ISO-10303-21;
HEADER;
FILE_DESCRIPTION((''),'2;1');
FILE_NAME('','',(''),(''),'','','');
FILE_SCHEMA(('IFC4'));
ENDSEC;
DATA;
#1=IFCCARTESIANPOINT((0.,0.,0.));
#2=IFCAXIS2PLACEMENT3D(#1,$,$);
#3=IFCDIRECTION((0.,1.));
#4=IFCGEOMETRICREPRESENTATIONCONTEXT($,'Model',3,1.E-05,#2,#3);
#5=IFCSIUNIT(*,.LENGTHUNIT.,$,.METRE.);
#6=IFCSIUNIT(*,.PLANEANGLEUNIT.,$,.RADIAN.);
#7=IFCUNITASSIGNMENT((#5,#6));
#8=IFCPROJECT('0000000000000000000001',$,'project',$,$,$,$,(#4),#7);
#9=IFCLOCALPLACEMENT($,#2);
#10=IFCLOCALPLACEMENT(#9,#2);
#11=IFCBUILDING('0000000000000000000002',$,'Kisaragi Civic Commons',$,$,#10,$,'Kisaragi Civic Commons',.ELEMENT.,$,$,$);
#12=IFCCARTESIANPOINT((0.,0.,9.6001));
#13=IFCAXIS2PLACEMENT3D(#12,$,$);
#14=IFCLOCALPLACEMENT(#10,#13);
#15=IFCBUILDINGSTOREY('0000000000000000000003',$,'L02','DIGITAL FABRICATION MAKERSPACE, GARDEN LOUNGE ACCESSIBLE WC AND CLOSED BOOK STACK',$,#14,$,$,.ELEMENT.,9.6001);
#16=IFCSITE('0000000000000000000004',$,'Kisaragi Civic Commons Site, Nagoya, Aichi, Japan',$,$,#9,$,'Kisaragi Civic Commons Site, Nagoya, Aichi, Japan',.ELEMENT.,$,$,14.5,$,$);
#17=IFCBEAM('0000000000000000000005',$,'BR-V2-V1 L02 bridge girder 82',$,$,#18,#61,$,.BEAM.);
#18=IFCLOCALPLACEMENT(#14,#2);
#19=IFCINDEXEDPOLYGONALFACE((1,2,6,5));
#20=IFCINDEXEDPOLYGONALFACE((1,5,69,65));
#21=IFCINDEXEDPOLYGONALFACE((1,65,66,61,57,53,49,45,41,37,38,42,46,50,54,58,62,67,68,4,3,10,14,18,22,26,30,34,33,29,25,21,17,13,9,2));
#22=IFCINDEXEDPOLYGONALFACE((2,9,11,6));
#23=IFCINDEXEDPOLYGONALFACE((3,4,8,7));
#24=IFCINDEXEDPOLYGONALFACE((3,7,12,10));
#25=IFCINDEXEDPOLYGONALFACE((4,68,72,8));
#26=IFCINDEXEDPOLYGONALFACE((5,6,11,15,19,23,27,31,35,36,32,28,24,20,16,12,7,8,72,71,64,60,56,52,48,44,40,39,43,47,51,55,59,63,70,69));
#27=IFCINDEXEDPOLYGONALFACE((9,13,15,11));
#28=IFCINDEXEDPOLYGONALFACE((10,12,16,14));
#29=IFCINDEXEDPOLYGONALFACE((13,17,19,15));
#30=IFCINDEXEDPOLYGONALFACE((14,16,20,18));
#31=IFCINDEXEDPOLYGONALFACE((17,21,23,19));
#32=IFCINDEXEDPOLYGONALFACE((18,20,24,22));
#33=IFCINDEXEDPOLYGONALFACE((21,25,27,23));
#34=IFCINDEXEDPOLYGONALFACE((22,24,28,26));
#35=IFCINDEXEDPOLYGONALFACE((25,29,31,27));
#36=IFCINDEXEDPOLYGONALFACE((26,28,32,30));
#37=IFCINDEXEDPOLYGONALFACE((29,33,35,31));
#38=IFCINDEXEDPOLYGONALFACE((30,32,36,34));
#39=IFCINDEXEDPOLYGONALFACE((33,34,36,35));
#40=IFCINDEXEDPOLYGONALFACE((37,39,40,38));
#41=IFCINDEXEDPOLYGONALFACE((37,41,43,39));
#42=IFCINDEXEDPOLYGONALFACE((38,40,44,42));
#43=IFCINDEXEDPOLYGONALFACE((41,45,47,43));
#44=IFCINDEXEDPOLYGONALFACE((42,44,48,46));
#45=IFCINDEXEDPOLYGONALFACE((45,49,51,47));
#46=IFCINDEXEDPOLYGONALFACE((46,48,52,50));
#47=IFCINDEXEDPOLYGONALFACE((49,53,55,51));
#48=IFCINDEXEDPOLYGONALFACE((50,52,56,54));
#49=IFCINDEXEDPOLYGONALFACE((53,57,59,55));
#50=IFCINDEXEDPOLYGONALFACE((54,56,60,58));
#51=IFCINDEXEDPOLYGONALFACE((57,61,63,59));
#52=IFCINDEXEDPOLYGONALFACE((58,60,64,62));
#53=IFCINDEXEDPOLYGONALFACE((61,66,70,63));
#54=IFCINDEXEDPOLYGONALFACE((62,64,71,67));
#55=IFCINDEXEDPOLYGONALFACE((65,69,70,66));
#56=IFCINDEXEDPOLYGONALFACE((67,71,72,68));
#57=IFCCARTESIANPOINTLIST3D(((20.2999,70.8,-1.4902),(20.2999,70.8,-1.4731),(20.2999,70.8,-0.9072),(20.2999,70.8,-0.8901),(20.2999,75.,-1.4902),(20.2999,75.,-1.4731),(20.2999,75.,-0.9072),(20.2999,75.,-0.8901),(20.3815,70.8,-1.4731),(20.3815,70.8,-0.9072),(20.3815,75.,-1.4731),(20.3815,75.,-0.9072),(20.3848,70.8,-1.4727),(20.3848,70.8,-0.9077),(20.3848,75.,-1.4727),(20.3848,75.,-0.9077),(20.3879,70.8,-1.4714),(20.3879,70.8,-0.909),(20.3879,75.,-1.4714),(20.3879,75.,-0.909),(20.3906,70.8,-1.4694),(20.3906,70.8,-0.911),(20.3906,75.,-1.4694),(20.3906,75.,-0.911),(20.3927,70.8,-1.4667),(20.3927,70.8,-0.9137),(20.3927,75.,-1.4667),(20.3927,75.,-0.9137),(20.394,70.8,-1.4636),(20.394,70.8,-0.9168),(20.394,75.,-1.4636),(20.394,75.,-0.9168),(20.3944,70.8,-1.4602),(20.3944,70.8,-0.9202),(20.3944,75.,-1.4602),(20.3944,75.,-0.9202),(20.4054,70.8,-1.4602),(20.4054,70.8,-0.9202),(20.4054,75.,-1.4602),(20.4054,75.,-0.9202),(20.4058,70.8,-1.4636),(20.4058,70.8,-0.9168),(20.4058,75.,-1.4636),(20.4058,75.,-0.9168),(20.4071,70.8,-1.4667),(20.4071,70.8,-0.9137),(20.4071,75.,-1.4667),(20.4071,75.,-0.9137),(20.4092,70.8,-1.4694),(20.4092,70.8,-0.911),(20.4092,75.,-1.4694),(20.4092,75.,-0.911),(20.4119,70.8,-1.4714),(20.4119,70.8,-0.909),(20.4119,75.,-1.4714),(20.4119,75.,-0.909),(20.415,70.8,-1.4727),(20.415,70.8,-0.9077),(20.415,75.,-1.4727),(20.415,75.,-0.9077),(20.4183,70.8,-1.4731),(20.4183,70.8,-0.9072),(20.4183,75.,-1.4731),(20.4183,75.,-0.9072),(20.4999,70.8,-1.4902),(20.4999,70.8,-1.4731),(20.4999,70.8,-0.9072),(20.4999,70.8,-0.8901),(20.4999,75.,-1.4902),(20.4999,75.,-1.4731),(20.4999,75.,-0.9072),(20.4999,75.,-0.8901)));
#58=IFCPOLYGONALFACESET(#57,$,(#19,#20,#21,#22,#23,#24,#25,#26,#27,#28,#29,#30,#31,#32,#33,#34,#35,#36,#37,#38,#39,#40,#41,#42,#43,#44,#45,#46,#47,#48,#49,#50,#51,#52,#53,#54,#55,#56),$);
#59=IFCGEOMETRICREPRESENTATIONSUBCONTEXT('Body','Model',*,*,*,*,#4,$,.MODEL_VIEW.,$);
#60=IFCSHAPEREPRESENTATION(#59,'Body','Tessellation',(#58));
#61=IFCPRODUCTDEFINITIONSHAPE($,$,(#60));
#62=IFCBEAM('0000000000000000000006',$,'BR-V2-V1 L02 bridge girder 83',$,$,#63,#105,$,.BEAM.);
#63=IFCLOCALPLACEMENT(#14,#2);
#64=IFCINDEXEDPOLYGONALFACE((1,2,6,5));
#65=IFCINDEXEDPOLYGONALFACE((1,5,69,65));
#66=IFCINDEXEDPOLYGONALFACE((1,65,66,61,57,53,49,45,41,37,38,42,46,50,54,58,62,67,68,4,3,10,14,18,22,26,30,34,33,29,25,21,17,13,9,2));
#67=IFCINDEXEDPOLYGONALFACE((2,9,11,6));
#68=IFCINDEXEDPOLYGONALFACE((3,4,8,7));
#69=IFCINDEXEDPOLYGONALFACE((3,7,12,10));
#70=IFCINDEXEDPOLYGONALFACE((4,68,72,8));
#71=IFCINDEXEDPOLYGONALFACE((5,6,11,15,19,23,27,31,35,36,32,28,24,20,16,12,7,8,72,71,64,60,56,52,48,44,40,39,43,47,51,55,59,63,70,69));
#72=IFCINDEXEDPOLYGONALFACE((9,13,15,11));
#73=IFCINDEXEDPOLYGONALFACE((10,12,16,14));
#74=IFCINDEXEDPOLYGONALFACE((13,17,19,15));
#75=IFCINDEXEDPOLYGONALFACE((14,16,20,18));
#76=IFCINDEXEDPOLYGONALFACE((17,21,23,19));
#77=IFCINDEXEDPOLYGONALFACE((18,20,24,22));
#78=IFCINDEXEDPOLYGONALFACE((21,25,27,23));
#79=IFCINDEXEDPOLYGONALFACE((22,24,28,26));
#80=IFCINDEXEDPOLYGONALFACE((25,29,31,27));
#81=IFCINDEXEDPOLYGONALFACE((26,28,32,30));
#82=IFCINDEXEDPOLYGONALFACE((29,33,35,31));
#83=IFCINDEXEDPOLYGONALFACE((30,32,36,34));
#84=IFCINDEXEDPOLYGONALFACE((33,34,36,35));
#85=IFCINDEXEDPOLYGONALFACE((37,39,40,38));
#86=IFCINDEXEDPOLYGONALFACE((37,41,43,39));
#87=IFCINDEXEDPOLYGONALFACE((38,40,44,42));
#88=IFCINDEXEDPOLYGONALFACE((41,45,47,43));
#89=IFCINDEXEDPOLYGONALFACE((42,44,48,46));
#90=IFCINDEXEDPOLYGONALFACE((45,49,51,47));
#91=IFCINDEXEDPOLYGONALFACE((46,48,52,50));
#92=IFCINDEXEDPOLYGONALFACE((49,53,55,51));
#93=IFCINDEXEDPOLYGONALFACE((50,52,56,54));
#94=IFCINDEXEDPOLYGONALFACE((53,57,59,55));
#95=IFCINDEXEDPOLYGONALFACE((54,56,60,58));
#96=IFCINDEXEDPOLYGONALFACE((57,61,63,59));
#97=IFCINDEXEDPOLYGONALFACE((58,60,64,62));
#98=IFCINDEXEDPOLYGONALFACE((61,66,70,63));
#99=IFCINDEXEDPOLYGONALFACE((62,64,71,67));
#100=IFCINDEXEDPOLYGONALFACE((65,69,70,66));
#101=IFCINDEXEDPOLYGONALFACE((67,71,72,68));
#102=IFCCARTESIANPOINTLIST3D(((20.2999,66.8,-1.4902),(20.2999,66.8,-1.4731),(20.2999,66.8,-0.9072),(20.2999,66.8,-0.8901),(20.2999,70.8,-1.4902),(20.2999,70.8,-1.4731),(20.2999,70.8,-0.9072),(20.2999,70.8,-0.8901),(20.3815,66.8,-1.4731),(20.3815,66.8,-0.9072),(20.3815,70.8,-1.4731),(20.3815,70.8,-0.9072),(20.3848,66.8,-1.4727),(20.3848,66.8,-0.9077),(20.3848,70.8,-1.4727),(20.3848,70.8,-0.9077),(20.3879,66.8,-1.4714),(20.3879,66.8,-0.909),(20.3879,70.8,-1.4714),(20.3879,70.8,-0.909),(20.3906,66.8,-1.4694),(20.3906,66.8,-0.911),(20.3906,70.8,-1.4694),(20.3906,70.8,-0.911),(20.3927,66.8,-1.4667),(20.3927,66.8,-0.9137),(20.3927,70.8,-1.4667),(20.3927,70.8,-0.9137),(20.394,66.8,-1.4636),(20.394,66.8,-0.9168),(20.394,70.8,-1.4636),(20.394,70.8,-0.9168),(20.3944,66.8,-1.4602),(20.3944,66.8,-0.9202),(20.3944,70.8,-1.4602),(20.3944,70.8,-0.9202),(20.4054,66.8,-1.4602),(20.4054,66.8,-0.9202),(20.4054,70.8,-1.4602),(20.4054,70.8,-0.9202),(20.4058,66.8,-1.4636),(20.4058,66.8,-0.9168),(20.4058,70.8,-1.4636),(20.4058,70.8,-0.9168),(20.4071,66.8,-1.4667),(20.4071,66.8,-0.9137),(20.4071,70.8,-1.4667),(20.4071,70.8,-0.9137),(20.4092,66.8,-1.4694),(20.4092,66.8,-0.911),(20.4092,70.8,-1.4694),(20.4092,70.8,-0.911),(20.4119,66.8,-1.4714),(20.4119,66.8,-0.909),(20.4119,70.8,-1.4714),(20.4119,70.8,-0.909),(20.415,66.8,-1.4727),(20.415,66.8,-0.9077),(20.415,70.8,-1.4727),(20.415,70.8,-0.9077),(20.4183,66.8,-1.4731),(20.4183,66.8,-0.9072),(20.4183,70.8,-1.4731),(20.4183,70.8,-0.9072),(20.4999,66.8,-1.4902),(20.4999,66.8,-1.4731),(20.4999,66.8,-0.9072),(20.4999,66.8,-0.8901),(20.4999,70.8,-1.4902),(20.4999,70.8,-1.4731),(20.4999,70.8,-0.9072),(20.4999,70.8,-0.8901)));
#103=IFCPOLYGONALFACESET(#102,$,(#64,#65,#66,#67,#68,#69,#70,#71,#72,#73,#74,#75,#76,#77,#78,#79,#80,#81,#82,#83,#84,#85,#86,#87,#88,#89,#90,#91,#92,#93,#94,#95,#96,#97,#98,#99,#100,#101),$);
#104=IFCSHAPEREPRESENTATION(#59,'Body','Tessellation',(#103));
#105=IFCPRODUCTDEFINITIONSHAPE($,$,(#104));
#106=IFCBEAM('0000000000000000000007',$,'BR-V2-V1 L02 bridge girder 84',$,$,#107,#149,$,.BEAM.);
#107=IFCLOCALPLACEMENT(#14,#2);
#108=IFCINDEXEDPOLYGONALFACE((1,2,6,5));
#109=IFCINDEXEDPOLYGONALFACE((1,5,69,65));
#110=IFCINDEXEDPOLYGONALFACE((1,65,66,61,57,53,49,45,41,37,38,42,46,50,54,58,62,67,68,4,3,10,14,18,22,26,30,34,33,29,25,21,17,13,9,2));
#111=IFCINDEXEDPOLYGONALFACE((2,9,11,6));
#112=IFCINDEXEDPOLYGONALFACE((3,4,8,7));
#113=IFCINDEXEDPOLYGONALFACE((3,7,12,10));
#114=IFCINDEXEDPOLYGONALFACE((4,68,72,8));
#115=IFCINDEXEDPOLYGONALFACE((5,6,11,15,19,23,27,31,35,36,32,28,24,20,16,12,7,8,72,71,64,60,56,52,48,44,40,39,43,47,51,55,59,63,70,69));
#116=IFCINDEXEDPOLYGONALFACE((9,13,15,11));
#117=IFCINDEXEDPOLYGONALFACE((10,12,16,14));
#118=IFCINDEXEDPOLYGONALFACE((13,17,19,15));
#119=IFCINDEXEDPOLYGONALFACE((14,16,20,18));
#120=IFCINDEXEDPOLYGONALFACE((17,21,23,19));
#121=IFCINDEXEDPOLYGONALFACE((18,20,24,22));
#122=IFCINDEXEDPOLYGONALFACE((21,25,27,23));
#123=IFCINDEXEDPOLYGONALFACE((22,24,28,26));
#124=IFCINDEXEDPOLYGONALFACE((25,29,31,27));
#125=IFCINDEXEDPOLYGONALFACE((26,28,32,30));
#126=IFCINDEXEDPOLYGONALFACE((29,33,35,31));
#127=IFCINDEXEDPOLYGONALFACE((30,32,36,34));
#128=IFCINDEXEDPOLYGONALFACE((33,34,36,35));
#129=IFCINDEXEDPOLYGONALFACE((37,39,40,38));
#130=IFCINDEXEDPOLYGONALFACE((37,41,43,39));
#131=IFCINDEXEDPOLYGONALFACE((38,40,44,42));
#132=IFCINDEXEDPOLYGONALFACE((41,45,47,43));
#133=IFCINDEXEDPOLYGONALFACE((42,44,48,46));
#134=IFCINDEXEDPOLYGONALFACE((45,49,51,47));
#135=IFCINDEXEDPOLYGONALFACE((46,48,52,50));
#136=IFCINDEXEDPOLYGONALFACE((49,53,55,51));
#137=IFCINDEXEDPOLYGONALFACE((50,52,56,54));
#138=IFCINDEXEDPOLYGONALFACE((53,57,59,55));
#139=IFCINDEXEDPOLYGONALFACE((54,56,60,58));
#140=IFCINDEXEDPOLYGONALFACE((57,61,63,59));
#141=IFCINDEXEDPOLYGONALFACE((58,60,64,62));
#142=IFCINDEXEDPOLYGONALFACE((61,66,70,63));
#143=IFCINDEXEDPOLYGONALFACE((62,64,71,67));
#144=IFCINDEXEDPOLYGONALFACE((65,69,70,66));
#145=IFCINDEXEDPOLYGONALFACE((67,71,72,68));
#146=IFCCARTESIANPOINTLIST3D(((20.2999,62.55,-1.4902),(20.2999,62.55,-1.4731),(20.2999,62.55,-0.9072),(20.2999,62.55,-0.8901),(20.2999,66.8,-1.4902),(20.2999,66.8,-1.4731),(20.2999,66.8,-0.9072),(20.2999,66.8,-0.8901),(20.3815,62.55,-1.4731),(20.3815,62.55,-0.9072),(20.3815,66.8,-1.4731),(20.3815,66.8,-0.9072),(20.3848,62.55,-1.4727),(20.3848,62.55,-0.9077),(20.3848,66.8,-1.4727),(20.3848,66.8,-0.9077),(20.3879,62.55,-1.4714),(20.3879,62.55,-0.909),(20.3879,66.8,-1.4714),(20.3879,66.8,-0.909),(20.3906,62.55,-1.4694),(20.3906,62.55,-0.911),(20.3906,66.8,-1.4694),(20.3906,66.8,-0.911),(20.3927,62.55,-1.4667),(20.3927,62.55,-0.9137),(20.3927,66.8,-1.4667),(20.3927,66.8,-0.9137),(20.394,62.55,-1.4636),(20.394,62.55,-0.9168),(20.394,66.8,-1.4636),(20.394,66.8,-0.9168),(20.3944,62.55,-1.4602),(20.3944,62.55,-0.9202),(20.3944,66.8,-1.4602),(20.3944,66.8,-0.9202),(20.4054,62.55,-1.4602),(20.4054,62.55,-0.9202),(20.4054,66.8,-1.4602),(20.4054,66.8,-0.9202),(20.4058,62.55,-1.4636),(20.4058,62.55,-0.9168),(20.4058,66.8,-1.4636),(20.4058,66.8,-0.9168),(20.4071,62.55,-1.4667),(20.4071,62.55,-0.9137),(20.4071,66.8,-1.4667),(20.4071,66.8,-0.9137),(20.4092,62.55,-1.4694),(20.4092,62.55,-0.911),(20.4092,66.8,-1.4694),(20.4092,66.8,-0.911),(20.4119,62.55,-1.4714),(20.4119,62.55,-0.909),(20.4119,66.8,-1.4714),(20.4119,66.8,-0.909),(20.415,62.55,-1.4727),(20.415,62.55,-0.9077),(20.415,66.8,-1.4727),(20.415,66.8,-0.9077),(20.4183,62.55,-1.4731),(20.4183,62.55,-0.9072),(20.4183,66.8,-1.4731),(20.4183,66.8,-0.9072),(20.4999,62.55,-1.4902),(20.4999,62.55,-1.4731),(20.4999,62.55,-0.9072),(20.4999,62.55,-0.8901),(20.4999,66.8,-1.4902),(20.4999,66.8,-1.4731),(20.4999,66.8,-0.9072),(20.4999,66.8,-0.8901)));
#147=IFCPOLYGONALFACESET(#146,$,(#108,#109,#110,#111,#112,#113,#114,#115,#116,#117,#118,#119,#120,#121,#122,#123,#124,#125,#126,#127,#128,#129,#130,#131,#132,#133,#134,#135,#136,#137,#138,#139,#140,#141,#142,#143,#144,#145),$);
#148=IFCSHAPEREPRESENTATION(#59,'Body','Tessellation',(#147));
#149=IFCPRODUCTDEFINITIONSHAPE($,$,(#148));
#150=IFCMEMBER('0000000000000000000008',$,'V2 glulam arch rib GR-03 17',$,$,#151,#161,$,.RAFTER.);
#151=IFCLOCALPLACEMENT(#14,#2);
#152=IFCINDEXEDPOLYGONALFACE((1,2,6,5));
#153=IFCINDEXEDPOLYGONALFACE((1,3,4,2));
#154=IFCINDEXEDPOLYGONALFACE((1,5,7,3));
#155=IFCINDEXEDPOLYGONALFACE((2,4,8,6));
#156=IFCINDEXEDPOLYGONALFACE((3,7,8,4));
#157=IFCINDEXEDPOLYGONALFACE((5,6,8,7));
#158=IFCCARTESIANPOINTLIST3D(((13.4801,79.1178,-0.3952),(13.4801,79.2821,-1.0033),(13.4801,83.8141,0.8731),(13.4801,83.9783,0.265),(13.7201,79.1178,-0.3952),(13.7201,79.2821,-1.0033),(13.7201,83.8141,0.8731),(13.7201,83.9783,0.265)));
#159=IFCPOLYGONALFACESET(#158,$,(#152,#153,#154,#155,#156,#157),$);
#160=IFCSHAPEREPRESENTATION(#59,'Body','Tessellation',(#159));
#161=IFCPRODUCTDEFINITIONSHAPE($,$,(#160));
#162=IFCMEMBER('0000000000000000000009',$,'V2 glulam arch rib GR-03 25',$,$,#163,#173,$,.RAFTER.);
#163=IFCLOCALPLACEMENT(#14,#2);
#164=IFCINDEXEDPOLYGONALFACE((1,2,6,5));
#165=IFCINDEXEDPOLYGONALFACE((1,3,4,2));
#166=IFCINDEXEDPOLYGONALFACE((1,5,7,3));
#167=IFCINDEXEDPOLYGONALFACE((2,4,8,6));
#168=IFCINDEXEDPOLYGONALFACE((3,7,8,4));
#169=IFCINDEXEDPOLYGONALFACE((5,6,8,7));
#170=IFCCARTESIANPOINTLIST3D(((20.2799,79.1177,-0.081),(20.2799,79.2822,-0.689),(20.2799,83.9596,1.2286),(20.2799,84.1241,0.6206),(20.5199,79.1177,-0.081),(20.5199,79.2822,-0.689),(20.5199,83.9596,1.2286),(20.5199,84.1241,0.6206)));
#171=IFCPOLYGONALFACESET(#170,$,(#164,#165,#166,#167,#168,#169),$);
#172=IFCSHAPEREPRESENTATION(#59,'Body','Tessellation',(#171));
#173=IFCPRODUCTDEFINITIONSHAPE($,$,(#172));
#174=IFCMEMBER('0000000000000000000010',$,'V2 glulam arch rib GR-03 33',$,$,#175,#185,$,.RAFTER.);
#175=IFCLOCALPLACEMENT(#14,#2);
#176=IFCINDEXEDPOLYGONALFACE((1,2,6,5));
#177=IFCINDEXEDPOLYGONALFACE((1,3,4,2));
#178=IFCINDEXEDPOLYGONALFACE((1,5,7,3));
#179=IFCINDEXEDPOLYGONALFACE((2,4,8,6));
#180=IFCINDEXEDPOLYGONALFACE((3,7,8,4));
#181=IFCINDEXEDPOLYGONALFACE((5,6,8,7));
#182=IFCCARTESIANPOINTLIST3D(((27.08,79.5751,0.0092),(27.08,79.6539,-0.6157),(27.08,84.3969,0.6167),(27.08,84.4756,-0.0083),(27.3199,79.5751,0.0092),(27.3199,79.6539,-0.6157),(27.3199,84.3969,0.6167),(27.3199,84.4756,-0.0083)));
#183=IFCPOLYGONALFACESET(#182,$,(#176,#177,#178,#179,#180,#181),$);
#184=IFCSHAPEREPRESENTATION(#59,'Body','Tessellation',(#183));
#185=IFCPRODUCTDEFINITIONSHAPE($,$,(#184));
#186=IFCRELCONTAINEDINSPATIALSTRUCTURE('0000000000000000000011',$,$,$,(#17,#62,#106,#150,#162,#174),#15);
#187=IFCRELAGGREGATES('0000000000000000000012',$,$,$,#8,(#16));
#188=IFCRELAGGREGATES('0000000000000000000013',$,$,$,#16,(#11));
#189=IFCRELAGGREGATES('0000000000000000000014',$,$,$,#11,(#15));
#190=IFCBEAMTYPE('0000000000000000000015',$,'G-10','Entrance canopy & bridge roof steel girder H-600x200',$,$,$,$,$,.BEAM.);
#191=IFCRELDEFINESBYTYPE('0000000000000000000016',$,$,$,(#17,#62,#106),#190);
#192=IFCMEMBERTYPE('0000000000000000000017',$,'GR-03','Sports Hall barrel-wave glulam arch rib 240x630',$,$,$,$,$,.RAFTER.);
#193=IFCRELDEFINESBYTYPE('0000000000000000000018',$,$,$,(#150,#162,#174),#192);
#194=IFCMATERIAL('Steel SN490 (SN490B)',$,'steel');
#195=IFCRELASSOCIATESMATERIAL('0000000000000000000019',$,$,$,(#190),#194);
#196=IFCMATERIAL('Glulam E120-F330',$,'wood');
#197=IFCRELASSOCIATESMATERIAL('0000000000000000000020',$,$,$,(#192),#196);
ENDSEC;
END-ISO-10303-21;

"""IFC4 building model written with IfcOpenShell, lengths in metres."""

from ifc_helpers import new_model, si_unit, direction, frame, origin, origin_2d, place, context, subcontext, project, spatial, rectangle, i_section, extrude, material, material_profile, profile_set, type_object, element, save


model = new_model("IFC4")

# Units and contexts
model_context = context("Model", 3, precision=1e-05, world=origin(), true_north=direction((0.0, 1.0)))
body_context = subcontext(model_context, "Body", "Model", "MODEL_VIEW")
ifc_project = project(units=[si_unit("LENGTHUNIT", "METRE"), si_unit("PLANEANGLEUNIT", "RADIAN")], contexts=[model_context])

# Site, building, storey
site_placement = place(None, origin())
site = spatial("IfcSite", under=ifc_project, at=site_placement, Name="Kisaragi Civic Commons Site, Nagoya, Aichi, Japan", LongName="Kisaragi Civic Commons Site, Nagoya, Aichi, Japan", CompositionType="ELEMENT", RefElevation=14.5)
building_placement = place(site_placement, origin())
building = spatial("IfcBuilding", under=site, at=building_placement, Name="Kisaragi Civic Commons", LongName="Kisaragi Civic Commons", CompositionType="ELEMENT")
storey_placement = place(building_placement, frame((0.0, 0.0, 9.6001)))
storey = spatial("IfcBuildingStorey", under=building, at=storey_placement, Name="L02", Description="DIGITAL FABRICATION MAKERSPACE, GARDEN LOUNGE ACCESSIBLE WC AND CLOSED BOOK STACK", CompositionType="ELEMENT", Elevation=9.6001)

# Beams
ifc_material_1 = material(Name="Steel SN490 (SN490B)", Category="steel")
ifc_material_profile_1 = material_profile(ifc_material_1, i_section(OverallWidth=0.2, OverallDepth=0.6001, WebThickness=0.011, FlangeThickness=0.0171, FilletRadius=0.0129, at=origin_2d()), Name="H-600x200x11x17", Category="steel")
ifc_profile_set_1 = profile_set([ifc_material_profile_1], Name="Steel SN490 (SN490B)")
beam_type_1 = type_object("IfcBeamType", Name="G-10", Description="Entrance canopy & bridge roof steel girder H-600x200", PredefinedType="BEAM", material=ifc_profile_set_1)
for number, where, z_axis, x_axis, name in (
    (1, (20.3999, 75.0, -1.1902), (0.0, -1.0, 0.0), (1.0, 0.0, 0.0), "BR-V2-V1 L02 bridge girder 82"),
):
    element("IfcBeam", number, at=place(storey_placement, frame(where, z_axis=z_axis, x_axis=x_axis)), inside=storey, type_object=beam_type_1, Name=name, PredefinedType="BEAM", context=body_context, shape_type="SweptSolid", body=[
        extrude(i_section(OverallWidth=0.2, OverallDepth=0.6001, WebThickness=0.011, FlangeThickness=0.0171, FilletRadius=0.0129, at=origin_2d()), origin(), (0.0, 0.0, 1.0), 4.2),
    ])
beam_1_placement = place(storey_placement, frame((20.3999, 70.8, -1.1902), z_axis=(0.0, -1.0, 0.0), x_axis=(1.0, 0.0, 0.0)))
element("IfcBeam", 2, at=beam_1_placement, inside=storey, type_object=beam_type_1, Name="BR-V2-V1 L02 bridge girder 83", PredefinedType="BEAM", context=body_context, shape_type="SweptSolid", body=[
    extrude(i_section(OverallWidth=0.2, OverallDepth=0.6001, WebThickness=0.011, FlangeThickness=0.0171, FilletRadius=0.0129, at=origin_2d()), origin(), (0.0, 0.0, 1.0), 4.0),
])
beam_2_placement = place(storey_placement, frame((20.3999, 66.8, -1.1902), z_axis=(0.0, -1.0, 0.0), x_axis=(1.0, 0.0, 0.0)))
element("IfcBeam", 3, at=beam_2_placement, inside=storey, type_object=beam_type_1, Name="BR-V2-V1 L02 bridge girder 84", PredefinedType="BEAM", context=body_context, shape_type="SweptSolid", body=[
    extrude(i_section(OverallWidth=0.2, OverallDepth=0.6001, WebThickness=0.011, FlangeThickness=0.0171, FilletRadius=0.0129, at=origin_2d()), origin(), (0.0, 0.0, 1.0), 4.25),
])

# Members
ifc_material_2 = material(Name="Glulam E120-F330", Category="wood")
ifc_material_profile_2 = material_profile(ifc_material_2, rectangle(XDim=0.24, YDim=0.6299, at=origin_2d()), Name="GL-240x630", Category="wood")
ifc_profile_set_2 = profile_set([ifc_material_profile_2], Name="Glulam E120-F330")
member_type_1 = type_object("IfcMemberType", Name="GR-03", Description="Sports Hall barrel-wave glulam arch rib 240x630", PredefinedType="RAFTER", material=ifc_profile_set_2)
member_1_placement = place(storey_placement, frame((13.6001, 79.2, -0.6992), z_axis=(0.0, 0.965413, 0.260726), x_axis=(-1.0, 0.0, 0.0)))
element("IfcMember", 4, at=member_1_placement, inside=storey, type_object=member_type_1, Name="V2 glulam arch rib GR-03 17", PredefinedType="RAFTER", context=body_context, shape_type="SweptSolid", body=[
    extrude(rectangle(XDim=0.24, YDim=0.6299, at=origin_2d()), origin(), (0.0, 0.0, 1.0), 4.8645),
])
member_2_placement = place(storey_placement, frame((20.3999, 79.2, -0.385), z_axis=(0.0, 0.965314, 0.26109), x_axis=(-1.0, 0.0, 0.0)))
element("IfcMember", 5, at=member_2_placement, inside=storey, type_object=member_type_1, Name="V2 glulam arch rib GR-03 25", PredefinedType="RAFTER", context=body_context, shape_type="SweptSolid", body=[
    extrude(rectangle(XDim=0.24, YDim=0.6299, at=origin_2d()), origin(), (0.0, 0.0, 1.0), 5.0159),
])
member_3_placement = place(storey_placement, frame((27.2, 79.6145, -0.3032), z_axis=(0.0, 0.992158, 0.124987), x_axis=(-1.0, 0.0, 0.0)))
element("IfcMember", 6, at=member_3_placement, inside=storey, type_object=member_type_1, Name="V2 glulam arch rib GR-03 33", PredefinedType="RAFTER", context=body_context, shape_type="SweptSolid", body=[
    extrude(rectangle(XDim=0.24, YDim=0.6299, at=origin_2d()), origin(), (0.0, 0.0, 1.0), 4.8599),
])

save(model, "model.ifc")
